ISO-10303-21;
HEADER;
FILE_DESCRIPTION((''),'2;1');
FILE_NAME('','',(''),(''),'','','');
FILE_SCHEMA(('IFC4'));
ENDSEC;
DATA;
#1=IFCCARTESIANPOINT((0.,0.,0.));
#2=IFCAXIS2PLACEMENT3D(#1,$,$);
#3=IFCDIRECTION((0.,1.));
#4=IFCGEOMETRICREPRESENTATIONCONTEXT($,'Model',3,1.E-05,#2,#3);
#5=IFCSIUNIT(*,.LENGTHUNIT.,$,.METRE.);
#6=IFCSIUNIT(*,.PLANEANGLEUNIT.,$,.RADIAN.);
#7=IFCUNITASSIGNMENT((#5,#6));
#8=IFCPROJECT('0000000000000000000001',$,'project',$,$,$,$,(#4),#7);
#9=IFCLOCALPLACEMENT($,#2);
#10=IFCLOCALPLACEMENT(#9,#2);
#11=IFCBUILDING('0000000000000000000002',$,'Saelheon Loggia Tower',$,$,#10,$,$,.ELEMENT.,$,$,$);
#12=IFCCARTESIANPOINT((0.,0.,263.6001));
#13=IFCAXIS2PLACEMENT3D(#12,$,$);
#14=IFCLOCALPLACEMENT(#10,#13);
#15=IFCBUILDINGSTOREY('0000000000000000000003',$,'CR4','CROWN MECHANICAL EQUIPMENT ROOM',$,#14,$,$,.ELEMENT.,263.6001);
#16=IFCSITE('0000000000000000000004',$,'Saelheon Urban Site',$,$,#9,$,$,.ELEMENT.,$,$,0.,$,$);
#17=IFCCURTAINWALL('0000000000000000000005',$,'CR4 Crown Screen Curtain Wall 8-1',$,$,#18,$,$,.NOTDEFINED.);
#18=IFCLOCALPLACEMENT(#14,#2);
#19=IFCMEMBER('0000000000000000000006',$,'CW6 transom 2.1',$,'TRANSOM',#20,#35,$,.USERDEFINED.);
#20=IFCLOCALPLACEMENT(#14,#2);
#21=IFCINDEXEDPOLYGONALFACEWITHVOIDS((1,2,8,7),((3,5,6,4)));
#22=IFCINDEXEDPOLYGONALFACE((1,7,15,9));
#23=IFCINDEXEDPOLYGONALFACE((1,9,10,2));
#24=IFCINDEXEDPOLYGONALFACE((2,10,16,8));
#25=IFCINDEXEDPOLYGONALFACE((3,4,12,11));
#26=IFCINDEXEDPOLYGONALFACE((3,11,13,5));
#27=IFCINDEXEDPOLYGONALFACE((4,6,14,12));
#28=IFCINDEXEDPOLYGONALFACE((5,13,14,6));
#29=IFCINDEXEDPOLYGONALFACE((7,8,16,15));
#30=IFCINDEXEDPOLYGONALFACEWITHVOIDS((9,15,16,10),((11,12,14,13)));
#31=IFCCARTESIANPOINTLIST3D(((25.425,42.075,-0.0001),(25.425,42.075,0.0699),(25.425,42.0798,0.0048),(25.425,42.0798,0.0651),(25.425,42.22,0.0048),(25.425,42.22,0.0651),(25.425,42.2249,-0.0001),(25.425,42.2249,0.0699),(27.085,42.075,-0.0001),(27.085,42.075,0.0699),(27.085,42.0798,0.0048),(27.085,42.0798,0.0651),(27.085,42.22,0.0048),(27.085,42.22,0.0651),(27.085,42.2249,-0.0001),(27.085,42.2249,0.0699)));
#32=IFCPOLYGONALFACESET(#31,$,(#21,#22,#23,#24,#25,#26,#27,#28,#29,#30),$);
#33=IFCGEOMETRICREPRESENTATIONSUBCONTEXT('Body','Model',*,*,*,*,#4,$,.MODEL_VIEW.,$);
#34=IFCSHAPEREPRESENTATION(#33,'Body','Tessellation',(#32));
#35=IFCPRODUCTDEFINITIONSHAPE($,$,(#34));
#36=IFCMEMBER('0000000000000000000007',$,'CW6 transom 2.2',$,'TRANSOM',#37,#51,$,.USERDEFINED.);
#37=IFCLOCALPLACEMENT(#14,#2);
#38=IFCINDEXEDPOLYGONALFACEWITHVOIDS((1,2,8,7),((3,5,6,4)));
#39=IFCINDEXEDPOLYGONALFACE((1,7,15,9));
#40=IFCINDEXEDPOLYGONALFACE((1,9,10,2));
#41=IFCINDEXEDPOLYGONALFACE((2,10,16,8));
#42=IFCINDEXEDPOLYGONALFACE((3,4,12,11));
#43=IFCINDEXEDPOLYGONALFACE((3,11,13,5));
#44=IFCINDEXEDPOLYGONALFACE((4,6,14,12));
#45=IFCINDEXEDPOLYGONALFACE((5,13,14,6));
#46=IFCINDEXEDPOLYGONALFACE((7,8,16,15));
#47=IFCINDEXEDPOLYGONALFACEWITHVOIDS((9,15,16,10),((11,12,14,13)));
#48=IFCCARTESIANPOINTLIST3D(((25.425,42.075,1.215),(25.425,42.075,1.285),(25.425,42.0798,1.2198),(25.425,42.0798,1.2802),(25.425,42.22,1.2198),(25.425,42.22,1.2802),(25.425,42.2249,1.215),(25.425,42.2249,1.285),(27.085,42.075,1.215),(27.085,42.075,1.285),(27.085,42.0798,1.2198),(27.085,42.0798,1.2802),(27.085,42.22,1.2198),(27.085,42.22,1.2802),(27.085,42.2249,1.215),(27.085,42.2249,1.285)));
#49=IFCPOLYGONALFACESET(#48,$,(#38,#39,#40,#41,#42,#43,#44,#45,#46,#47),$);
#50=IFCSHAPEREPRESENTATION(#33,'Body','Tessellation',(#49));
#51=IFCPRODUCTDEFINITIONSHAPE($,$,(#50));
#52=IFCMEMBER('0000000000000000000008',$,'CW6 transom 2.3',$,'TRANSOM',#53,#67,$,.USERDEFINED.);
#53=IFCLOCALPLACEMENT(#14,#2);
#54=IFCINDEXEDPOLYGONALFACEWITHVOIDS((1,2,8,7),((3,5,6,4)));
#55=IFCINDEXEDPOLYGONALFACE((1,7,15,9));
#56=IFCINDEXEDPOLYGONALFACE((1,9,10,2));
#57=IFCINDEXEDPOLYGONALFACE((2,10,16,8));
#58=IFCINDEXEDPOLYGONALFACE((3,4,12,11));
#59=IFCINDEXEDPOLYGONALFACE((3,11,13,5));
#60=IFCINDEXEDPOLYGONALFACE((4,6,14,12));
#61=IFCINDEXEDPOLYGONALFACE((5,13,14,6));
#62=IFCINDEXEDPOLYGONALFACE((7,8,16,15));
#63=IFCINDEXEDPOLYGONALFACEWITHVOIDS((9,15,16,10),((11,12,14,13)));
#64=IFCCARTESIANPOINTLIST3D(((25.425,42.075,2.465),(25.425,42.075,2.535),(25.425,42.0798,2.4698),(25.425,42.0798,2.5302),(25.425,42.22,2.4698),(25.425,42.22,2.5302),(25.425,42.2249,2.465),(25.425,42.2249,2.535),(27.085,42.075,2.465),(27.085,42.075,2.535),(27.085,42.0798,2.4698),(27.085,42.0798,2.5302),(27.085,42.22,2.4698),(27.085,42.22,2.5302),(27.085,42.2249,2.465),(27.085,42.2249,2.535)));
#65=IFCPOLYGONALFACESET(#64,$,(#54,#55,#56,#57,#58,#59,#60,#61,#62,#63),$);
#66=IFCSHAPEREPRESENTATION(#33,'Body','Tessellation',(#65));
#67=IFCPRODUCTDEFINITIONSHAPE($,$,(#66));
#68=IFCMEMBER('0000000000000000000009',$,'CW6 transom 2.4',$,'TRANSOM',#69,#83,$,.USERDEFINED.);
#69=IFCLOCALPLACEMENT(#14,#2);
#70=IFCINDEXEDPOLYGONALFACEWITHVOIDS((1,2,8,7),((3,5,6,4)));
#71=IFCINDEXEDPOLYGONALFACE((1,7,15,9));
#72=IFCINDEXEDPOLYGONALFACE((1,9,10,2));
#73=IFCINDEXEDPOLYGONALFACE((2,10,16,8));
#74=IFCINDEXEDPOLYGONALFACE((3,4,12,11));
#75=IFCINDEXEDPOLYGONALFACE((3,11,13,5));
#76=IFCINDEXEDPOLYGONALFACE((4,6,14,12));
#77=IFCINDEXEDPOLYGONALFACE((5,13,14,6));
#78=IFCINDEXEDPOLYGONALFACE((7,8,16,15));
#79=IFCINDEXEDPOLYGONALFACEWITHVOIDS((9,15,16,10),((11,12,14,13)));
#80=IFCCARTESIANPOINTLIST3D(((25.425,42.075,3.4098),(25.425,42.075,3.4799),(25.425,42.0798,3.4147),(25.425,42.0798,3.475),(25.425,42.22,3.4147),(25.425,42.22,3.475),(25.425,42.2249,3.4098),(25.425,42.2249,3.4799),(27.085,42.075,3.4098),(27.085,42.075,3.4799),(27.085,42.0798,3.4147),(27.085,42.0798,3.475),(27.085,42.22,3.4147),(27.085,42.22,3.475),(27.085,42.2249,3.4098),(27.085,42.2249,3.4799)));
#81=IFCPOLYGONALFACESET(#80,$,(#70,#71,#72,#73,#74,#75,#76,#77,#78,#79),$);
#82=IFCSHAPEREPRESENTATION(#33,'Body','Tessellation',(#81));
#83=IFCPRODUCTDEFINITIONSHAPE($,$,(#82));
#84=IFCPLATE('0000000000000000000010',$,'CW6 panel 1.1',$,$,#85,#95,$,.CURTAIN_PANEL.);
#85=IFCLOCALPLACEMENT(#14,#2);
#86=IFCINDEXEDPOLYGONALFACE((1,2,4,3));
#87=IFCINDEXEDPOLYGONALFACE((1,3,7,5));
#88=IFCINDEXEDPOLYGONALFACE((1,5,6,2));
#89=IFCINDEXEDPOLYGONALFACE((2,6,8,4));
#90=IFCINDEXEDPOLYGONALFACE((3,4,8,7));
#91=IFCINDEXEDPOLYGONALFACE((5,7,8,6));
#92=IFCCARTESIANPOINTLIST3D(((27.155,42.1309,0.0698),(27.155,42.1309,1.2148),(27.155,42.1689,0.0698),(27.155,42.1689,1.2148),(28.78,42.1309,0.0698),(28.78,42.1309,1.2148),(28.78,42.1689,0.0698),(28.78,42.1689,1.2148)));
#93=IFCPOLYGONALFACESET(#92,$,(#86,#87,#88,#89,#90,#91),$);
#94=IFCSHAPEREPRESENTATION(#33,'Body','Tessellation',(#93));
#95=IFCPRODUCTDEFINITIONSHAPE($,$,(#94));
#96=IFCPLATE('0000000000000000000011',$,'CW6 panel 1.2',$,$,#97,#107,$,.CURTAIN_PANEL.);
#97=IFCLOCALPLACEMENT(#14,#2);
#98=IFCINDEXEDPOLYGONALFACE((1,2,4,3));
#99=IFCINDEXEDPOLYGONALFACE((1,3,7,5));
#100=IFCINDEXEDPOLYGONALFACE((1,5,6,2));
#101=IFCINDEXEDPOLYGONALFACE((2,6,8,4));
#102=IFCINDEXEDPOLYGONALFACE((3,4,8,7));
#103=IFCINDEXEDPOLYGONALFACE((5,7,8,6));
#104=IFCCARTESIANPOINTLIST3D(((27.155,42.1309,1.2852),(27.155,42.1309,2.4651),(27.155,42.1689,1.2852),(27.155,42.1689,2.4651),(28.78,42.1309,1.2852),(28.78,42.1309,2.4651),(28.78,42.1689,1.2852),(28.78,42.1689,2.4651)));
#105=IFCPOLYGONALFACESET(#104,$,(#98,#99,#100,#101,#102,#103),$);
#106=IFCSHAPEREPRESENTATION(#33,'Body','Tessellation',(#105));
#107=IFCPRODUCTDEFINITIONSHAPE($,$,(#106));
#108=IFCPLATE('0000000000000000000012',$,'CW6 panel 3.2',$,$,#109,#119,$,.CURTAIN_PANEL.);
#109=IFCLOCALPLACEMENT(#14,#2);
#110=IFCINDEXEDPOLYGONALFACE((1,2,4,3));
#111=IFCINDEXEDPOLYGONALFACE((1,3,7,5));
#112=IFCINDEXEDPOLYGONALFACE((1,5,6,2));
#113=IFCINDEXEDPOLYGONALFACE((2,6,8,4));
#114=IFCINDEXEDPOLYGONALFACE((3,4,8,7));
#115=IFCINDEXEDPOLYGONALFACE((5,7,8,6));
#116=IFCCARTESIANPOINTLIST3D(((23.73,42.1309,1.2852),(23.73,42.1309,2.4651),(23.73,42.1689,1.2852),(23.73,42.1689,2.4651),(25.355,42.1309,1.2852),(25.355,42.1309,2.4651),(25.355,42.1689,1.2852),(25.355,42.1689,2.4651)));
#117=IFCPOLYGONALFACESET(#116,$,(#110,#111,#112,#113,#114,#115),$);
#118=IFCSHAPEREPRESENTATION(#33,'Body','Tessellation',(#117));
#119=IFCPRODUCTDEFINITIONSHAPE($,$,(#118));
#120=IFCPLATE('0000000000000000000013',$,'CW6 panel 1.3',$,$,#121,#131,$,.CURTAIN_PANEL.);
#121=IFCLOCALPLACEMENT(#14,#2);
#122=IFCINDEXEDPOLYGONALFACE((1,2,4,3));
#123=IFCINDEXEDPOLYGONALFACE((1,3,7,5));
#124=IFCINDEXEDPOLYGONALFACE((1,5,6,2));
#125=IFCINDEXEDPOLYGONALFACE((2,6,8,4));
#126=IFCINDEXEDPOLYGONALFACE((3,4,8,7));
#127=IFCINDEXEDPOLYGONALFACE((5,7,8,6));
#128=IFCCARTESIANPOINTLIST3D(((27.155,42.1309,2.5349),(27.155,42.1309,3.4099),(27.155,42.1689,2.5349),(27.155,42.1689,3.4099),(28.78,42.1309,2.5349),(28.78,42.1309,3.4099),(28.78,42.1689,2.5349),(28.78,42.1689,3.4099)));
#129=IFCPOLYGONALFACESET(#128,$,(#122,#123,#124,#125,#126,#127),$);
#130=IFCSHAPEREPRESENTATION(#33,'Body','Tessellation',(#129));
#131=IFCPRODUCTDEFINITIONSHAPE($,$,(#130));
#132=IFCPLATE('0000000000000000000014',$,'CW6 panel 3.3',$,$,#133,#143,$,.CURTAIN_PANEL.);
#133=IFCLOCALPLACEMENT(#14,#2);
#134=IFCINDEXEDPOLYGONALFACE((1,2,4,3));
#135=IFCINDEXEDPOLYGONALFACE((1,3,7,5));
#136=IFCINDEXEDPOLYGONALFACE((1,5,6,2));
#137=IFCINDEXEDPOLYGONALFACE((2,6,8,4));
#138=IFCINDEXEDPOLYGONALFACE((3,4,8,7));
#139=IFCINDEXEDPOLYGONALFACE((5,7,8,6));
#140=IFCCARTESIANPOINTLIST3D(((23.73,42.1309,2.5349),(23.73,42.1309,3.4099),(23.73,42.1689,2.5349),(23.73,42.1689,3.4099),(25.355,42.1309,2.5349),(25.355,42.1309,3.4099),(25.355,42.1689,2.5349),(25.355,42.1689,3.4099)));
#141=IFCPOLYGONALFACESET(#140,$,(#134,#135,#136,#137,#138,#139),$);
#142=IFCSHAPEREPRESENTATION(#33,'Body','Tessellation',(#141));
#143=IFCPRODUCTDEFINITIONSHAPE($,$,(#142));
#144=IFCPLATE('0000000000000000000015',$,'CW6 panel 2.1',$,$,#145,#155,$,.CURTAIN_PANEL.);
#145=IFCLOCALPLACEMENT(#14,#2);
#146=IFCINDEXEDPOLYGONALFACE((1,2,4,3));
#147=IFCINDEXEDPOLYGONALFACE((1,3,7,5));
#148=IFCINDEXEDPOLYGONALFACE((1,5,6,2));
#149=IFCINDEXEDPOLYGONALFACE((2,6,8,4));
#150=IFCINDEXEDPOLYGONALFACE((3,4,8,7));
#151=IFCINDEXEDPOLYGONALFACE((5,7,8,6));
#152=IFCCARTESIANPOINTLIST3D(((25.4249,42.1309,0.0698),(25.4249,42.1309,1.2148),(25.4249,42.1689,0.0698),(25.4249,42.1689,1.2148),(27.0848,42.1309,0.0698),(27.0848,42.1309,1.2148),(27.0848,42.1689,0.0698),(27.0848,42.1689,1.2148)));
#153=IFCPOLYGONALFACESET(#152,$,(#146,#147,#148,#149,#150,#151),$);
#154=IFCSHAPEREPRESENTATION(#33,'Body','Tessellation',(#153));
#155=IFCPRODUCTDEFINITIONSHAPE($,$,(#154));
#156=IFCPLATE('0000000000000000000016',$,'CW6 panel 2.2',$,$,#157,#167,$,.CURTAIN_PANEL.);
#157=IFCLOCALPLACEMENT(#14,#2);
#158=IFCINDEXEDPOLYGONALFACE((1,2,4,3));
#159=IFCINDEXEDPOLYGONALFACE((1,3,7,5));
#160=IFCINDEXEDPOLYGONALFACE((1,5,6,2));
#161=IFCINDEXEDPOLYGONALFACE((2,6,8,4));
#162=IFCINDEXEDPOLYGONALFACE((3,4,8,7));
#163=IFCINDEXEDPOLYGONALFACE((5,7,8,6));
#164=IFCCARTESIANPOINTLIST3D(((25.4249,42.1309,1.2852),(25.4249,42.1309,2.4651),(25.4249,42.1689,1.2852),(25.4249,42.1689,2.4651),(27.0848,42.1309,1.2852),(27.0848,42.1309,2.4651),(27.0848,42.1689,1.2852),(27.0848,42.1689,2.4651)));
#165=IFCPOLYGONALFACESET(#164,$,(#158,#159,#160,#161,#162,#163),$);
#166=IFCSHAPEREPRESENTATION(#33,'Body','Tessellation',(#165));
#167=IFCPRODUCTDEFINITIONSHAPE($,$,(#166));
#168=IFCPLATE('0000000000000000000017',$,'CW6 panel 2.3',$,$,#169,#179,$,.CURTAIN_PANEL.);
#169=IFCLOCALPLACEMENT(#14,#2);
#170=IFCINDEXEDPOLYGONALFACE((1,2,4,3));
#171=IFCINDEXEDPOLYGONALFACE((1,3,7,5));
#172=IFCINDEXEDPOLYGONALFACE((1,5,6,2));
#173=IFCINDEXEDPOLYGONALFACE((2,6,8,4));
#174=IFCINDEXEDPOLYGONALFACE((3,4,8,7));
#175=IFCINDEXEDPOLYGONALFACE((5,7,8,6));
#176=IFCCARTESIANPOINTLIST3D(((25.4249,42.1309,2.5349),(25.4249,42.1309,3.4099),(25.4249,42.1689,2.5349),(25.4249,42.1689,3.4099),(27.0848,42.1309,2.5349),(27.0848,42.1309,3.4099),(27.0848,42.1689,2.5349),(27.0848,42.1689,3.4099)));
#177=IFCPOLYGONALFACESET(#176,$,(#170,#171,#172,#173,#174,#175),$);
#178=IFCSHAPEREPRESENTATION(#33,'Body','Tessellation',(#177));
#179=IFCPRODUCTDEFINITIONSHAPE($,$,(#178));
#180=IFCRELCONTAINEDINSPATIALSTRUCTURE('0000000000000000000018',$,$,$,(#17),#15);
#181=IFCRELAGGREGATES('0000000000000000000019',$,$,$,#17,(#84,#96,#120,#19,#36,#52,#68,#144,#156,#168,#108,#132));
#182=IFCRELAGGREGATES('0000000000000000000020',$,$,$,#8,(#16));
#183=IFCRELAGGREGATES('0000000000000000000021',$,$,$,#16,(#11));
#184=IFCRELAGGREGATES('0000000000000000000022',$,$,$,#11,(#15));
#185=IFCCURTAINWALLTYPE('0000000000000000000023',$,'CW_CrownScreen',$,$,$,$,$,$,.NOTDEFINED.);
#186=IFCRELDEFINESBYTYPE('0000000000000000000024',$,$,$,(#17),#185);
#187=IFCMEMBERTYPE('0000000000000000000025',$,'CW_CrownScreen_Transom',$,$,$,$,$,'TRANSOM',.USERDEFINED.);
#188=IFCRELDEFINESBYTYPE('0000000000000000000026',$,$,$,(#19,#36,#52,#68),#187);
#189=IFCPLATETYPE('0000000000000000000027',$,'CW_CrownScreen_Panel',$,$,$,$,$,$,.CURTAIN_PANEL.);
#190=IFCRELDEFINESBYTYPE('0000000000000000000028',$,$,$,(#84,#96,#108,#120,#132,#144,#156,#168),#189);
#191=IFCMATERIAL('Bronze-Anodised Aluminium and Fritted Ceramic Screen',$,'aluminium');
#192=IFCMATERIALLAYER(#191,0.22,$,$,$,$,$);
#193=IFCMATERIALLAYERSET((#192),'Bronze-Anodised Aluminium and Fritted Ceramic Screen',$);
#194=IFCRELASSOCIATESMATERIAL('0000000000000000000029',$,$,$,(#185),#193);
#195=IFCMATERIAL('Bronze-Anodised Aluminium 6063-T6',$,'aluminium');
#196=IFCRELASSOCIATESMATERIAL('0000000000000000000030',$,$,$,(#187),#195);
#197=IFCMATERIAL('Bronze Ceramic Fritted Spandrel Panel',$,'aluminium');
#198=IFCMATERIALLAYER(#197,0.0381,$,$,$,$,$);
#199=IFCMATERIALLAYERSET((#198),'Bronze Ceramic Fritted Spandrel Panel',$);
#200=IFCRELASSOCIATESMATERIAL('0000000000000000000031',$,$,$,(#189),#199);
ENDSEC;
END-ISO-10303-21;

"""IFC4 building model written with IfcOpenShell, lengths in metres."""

from ifc_helpers import new_model, si_unit, direction, frame, origin, origin_2d, place, context, subcontext, project, spatial, rectangle, hollow_rectangle, extrude, source, transform, mapped, material, layer, layer_set, material_profile, profile_set, type_object, element, aggregate, save


model = new_model("IFC4")

# Units and contexts
model_context = context("Model", 3, precision=1e-05, world=origin(), true_north=direction((0.0, 1.0)))
body_context = subcontext(model_context, "Body", "Model", "MODEL_VIEW")
ifc_project = project(units=[si_unit("LENGTHUNIT", "METRE"), si_unit("PLANEANGLEUNIT", "RADIAN")], contexts=[model_context])

# Site, building, storey
site_placement = place(None, origin())
site = spatial("IfcSite", under=ifc_project, at=site_placement, Name="Saelheon Urban Site", CompositionType="ELEMENT", RefElevation=0.0)
building_placement = place(site_placement, origin())
building = spatial("IfcBuilding", under=site, at=building_placement, Name="Saelheon Loggia Tower", CompositionType="ELEMENT")
storey_placement = place(building_placement, frame((0.0, 0.0, 263.6001)))
storey = spatial("IfcBuildingStorey", under=building, at=storey_placement, Name="CR4", Description="CROWN MECHANICAL EQUIPMENT ROOM", CompositionType="ELEMENT", Elevation=263.6001)

# Curtain wall, members, plates
ifc_material_1 = material(Name="Bronze-Anodised Aluminium and Fritted Ceramic Screen", Category="aluminium")
ifc_layer_1 = layer(ifc_material_1, 0.22)
ifc_layer_set_1 = layer_set([ifc_layer_1], Name="Bronze-Anodised Aluminium and Fritted Ceramic Screen")
curtain_wall_type = type_object("IfcCurtainWallType", Name="CW_CrownScreen", PredefinedType="NOTDEFINED", material=ifc_layer_set_1)
curtain_wall_placement = place(storey_placement, origin())
curtain_wall = element("IfcCurtainWall", 1, at=curtain_wall_placement, inside=storey, type_object=curtain_wall_type, Name="CR4 Crown Screen Curtain Wall 8-1", PredefinedType="NOTDEFINED")
ifc_material_2 = material(Name="Bronze-Anodised Aluminium 6063-T6", Category="aluminium")
ifc_material_profile_1 = material_profile(ifc_material_2, hollow_rectangle(XDim=0.0701, YDim=0.1499, WallThickness=0.0049, at=origin_2d()), Name="RHS-150x70x5")
ifc_profile_set_1 = profile_set([ifc_material_profile_1], Name="Bronze-Anodised Aluminium 6063-T6")
member_type_1 = type_object("IfcMemberType", Name="CW_CrownScreen_Transom", ElementType="TRANSOM", PredefinedType="USERDEFINED", material=ifc_profile_set_1)
shared_shape_1 = source(origin(), body_context, "Body", "SweptSolid", [
    extrude(hollow_rectangle(XDim=0.0701, YDim=0.1499, WallThickness=0.0049, at=origin_2d()), origin(), (0.0, 0.0, 1.0), 1.6599),
])
member_1_placement = place(storey_placement, frame((27.085, 42.1499, 0.0349), z_axis=(-1.0, 0.0, 0.0), x_axis=(0.0, 0.0, 1.0)))
member_1 = element("IfcMember", 2, at=member_1_placement, type_object=member_type_1, Name="CW6 transom 2.1", ObjectType="TRANSOM", PredefinedType="USERDEFINED", context=body_context, shape_type="MappedRepresentation", body=[
    mapped(shared_shape_1, transform((0.0, 0.0, 0.0), scale=1.0)),
])
member_2_placement = place(storey_placement, frame((27.085, 42.1499, 1.25), z_axis=(-1.0, 0.0, 0.0), x_axis=(0.0, 0.0, 1.0)))
member_2 = element("IfcMember", 3, at=member_2_placement, type_object=member_type_1, Name="CW6 transom 2.2", ObjectType="TRANSOM", PredefinedType="USERDEFINED", context=body_context, shape_type="MappedRepresentation", body=[
    mapped(shared_shape_1, transform((0.0, 0.0, 0.0), scale=1.0)),
])
member_3_placement = place(storey_placement, frame((27.085, 42.1499, 2.5), z_axis=(-1.0, 0.0, 0.0), x_axis=(0.0, 0.0, 1.0)))
member_3 = element("IfcMember", 4, at=member_3_placement, type_object=member_type_1, Name="CW6 transom 2.3", ObjectType="TRANSOM", PredefinedType="USERDEFINED", context=body_context, shape_type="MappedRepresentation", body=[
    mapped(shared_shape_1, transform((0.0, 0.0, 0.0), scale=1.0)),
])
member_4_placement = place(storey_placement, frame((27.085, 42.1499, 3.4448), z_axis=(-1.0, 0.0, 0.0), x_axis=(0.0, 0.0, 1.0)))
member_4 = element("IfcMember", 5, at=member_4_placement, type_object=member_type_1, Name="CW6 transom 2.4", ObjectType="TRANSOM", PredefinedType="USERDEFINED", context=body_context, shape_type="MappedRepresentation", body=[
    mapped(shared_shape_1, transform((0.0, 0.0, 0.0), scale=1.0)),
])
ifc_material_3 = material(Name="Bronze Ceramic Fritted Spandrel Panel", Category="aluminium")
ifc_layer_2 = layer(ifc_material_3, 0.0381)
ifc_layer_set_2 = layer_set([ifc_layer_2], Name="Bronze Ceramic Fritted Spandrel Panel")
plate_type = type_object("IfcPlateType", Name="CW_CrownScreen_Panel", PredefinedType="CURTAIN_PANEL", material=ifc_layer_set_2)
shared_shape_2 = source(origin(), body_context, "Body", "SweptSolid", [
    extrude(rectangle(XDim=1.625, YDim=0.0381, at=origin_2d()), origin(), (0.0, 0.0, 1.0), 1.145),
])
plate_1_placement = place(storey_placement, frame((27.9675, 42.1499, 0.0698), z_axis=(0.0, 0.0, 1.0), x_axis=(-1.0, 0.0, 0.0)))
plate_1 = element("IfcPlate", 6, at=plate_1_placement, type_object=plate_type, Name="CW6 panel 1.1", PredefinedType="CURTAIN_PANEL", context=body_context, shape_type="MappedRepresentation", body=[
    mapped(shared_shape_2, transform((0.0, 0.0, 0.0), scale=1.0)),
])
shared_shape_3 = source(origin(), body_context, "Body", "SweptSolid", [
    extrude(rectangle(XDim=1.625, YDim=0.0381, at=origin_2d()), origin(), (0.0, 0.0, 1.0), 1.1799),
])
plate_2_placement = place(storey_placement, frame((27.9675, 42.1499, 1.2852), z_axis=(0.0, 0.0, 1.0), x_axis=(-1.0, 0.0, 0.0)))
plate_2 = element("IfcPlate", 7, at=plate_2_placement, type_object=plate_type, Name="CW6 panel 1.2", PredefinedType="CURTAIN_PANEL", context=body_context, shape_type="MappedRepresentation", body=[
    mapped(shared_shape_3, transform((0.0, 0.0, 0.0), scale=1.0)),
])
plate_3_placement = place(storey_placement, frame((24.5425, 42.1499, 1.2852), z_axis=(0.0, 0.0, 1.0), x_axis=(-1.0, 0.0, 0.0)))
plate_3 = element("IfcPlate", 8, at=plate_3_placement, type_object=plate_type, Name="CW6 panel 3.2", PredefinedType="CURTAIN_PANEL", context=body_context, shape_type="MappedRepresentation", body=[
    mapped(shared_shape_3, transform((0.0, 0.0, 0.0), scale=1.0)),
])
shared_shape_4 = source(origin(), body_context, "Body", "SweptSolid", [
    extrude(rectangle(XDim=1.625, YDim=0.0381, at=origin_2d()), origin(), (0.0, 0.0, 1.0), 0.875),
])
plate_4_placement = place(storey_placement, frame((27.9675, 42.1499, 2.5349), z_axis=(0.0, 0.0, 1.0), x_axis=(-1.0, 0.0, 0.0)))
plate_4 = element("IfcPlate", 9, at=plate_4_placement, type_object=plate_type, Name="CW6 panel 1.3", PredefinedType="CURTAIN_PANEL", context=body_context, shape_type="MappedRepresentation", body=[
    mapped(shared_shape_4, transform((0.0, 0.0, 0.0), scale=1.0)),
])
plate_5_placement = place(storey_placement, frame((24.5425, 42.1499, 2.5349), z_axis=(0.0, 0.0, 1.0), x_axis=(-1.0, 0.0, 0.0)))
plate_5 = element("IfcPlate", 10, at=plate_5_placement, type_object=plate_type, Name="CW6 panel 3.3", PredefinedType="CURTAIN_PANEL", context=body_context, shape_type="MappedRepresentation", body=[
    mapped(shared_shape_4, transform((0.0, 0.0, 0.0), scale=1.0)),
])
shared_shape_5 = source(origin(), body_context, "Body", "SweptSolid", [
    extrude(rectangle(XDim=1.6599, YDim=0.0381, at=origin_2d()), origin(), (0.0, 0.0, 1.0), 1.145),
])
plate_6_placement = place(storey_placement, frame((26.2549, 42.1499, 0.0698), z_axis=(0.0, 0.0, 1.0), x_axis=(-1.0, 0.0, 0.0)))
plate_6 = element("IfcPlate", 11, at=plate_6_placement, type_object=plate_type, Name="CW6 panel 2.1", PredefinedType="CURTAIN_PANEL", context=body_context, shape_type="MappedRepresentation", body=[
    mapped(shared_shape_5, transform((0.0, 0.0, 0.0), scale=1.0)),
])
shared_shape_6 = source(origin(), body_context, "Body", "SweptSolid", [
    extrude(rectangle(XDim=1.6599, YDim=0.0381, at=origin_2d()), origin(), (0.0, 0.0, 1.0), 1.1799),
])
plate_7_placement = place(storey_placement, frame((26.2549, 42.1499, 1.2852), z_axis=(0.0, 0.0, 1.0), x_axis=(-1.0, 0.0, 0.0)))
plate_7 = element("IfcPlate", 12, at=plate_7_placement, type_object=plate_type, Name="CW6 panel 2.2", PredefinedType="CURTAIN_PANEL", context=body_context, shape_type="MappedRepresentation", body=[
    mapped(shared_shape_6, transform((0.0, 0.0, 0.0), scale=1.0)),
])
shared_shape_7 = source(origin(), body_context, "Body", "SweptSolid", [
    extrude(rectangle(XDim=1.6599, YDim=0.0381, at=origin_2d()), origin(), (0.0, 0.0, 1.0), 0.875),
])
plate_8_placement = place(storey_placement, frame((26.2549, 42.1499, 2.5349), z_axis=(0.0, 0.0, 1.0), x_axis=(-1.0, 0.0, 0.0)))
plate_8 = element("IfcPlate", 13, at=plate_8_placement, type_object=plate_type, Name="CW6 panel 2.3", PredefinedType="CURTAIN_PANEL", context=body_context, shape_type="MappedRepresentation", body=[
    mapped(shared_shape_7, transform((0.0, 0.0, 0.0), scale=1.0)),
])
aggregate(curtain_wall, [plate_1, plate_2, plate_4, member_1, member_2, member_3, member_4, plate_6, plate_7, plate_8, plate_3, plate_5])

save(model, "model.ifc")
